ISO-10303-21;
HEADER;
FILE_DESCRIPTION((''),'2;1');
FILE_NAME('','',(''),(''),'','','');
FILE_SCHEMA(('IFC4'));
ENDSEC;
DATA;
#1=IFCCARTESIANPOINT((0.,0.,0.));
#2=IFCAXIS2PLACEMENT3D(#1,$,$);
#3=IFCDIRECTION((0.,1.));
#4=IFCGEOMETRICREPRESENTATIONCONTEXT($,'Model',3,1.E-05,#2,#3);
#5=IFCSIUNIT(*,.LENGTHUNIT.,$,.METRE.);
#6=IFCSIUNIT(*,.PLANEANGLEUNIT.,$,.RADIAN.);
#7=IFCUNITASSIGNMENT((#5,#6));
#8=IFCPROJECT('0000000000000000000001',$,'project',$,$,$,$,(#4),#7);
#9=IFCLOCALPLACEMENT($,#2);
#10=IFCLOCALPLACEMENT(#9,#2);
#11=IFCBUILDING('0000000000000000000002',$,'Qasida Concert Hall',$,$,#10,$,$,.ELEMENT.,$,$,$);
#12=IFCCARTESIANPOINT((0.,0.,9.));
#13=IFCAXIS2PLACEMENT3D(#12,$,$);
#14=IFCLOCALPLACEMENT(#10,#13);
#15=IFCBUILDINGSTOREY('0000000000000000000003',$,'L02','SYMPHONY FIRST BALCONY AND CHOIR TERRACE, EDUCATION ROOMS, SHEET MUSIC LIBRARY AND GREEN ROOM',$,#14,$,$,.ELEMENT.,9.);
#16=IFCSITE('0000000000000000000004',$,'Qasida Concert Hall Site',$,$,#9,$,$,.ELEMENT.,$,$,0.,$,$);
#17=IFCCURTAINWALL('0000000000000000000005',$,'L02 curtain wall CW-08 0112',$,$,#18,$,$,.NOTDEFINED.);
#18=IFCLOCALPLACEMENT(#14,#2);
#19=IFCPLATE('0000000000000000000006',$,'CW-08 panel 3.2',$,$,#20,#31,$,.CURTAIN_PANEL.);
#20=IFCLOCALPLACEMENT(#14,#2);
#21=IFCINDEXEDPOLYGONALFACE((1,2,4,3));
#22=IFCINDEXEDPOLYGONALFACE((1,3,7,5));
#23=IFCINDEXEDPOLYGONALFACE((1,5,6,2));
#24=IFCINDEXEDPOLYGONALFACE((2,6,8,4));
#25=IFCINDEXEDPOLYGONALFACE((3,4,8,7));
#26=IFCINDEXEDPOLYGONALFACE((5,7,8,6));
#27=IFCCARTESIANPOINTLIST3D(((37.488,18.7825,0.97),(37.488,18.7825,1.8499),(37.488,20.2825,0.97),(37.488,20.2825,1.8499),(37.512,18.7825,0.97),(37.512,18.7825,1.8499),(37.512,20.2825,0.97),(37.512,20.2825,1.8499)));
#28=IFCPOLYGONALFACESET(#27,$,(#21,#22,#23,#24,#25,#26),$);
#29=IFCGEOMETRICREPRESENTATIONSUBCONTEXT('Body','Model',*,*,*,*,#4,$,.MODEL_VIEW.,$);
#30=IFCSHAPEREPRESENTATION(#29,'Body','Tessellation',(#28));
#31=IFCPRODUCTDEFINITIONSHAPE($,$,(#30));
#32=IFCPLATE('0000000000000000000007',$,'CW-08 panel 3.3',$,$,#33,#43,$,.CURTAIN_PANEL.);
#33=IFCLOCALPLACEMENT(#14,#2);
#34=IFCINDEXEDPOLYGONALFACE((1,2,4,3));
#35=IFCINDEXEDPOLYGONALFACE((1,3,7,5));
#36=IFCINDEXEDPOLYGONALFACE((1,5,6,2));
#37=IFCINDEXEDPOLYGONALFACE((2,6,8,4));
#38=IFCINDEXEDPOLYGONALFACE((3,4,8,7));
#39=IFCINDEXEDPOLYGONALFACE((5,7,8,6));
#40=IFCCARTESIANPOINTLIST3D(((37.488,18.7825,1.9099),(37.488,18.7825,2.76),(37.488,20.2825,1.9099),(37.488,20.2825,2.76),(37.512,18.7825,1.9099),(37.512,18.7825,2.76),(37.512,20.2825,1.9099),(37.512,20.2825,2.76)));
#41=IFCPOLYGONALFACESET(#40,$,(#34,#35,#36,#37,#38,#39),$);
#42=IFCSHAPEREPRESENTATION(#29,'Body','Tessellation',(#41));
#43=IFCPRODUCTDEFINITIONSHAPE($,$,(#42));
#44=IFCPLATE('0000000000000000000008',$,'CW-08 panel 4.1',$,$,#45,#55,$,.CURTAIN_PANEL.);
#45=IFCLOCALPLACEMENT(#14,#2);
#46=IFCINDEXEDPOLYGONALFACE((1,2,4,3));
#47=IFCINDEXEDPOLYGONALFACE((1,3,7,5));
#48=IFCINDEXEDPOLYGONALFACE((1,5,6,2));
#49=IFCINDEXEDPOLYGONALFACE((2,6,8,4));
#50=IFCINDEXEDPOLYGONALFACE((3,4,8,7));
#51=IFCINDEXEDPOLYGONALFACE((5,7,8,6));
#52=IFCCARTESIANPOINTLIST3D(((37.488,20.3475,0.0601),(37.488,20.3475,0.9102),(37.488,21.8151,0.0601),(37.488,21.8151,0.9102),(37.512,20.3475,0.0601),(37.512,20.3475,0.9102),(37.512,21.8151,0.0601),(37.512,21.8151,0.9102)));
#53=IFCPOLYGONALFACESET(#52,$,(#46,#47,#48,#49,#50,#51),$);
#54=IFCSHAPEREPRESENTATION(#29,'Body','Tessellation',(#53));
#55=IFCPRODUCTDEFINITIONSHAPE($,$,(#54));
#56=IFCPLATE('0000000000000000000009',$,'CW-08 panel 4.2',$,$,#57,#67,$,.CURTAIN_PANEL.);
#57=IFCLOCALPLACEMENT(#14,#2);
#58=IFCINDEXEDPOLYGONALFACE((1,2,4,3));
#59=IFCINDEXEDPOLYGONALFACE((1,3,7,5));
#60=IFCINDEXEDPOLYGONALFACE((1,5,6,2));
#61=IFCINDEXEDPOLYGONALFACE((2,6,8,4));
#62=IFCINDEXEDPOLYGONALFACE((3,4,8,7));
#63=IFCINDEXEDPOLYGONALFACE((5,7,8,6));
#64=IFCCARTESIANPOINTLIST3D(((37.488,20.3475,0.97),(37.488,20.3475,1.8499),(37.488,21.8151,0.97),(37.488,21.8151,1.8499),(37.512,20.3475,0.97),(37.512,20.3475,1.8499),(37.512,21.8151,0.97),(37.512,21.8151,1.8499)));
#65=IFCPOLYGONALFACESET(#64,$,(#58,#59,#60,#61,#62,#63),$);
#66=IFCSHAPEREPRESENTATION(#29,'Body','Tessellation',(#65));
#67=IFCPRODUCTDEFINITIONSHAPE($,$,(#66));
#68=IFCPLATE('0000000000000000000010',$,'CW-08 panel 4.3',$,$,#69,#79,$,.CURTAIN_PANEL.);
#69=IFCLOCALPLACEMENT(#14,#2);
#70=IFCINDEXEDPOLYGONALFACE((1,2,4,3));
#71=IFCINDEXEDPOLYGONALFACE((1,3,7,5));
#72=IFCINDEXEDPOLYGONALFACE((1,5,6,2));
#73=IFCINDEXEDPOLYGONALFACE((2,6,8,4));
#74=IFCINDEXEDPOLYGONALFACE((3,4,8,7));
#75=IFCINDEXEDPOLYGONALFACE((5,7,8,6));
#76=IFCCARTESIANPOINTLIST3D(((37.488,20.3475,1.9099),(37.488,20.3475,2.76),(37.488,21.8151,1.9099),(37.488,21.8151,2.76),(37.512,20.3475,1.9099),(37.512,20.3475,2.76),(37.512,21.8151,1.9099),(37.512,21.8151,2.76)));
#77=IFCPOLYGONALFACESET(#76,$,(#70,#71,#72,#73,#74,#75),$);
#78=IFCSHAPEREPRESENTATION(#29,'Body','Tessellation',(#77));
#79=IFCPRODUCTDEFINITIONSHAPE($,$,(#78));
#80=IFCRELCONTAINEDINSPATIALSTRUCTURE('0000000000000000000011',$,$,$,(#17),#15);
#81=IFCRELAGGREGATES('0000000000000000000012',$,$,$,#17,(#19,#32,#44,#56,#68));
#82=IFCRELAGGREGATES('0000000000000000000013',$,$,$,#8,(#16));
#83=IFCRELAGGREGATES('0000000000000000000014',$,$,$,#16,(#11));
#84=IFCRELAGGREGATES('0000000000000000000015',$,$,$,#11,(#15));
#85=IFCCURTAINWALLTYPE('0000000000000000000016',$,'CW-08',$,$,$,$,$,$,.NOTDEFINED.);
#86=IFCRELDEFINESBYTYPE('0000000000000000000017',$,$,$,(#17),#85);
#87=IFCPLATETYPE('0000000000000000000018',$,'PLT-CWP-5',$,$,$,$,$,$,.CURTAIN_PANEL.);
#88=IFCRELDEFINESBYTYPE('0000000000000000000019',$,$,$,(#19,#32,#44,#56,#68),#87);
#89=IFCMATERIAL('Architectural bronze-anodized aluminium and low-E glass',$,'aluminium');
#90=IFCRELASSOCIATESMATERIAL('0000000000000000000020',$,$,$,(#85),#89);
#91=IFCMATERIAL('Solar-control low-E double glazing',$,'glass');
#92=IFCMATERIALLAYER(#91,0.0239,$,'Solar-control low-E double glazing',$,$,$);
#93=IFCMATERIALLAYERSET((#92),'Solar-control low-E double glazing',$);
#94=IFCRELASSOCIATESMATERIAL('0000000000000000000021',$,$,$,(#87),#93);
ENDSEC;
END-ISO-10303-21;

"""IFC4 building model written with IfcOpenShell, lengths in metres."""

from ifc_helpers import new_model, si_unit, direction, frame, origin, origin_2d, place, context, subcontext, project, spatial, rectangle, extrude, material, layer, layer_set, type_object, element, aggregate, save


model = new_model("IFC4")

# Units and contexts
model_context = context("Model", 3, precision=1e-05, world=origin(), true_north=direction((0.0, 1.0)))
body_context = subcontext(model_context, "Body", "Model", "MODEL_VIEW")
ifc_project = project(units=[si_unit("LENGTHUNIT", "METRE"), si_unit("PLANEANGLEUNIT", "RADIAN")], contexts=[model_context])

# Site, building, storey
site_placement = place(None, origin())
site = spatial("IfcSite", under=ifc_project, at=site_placement, Name="Qasida Concert Hall Site", CompositionType="ELEMENT", RefElevation=0.0)
building_placement = place(site_placement, origin())
building = spatial("IfcBuilding", under=site, at=building_placement, Name="Qasida Concert Hall", CompositionType="ELEMENT")
storey_placement = place(building_placement, frame((0.0, 0.0, 9.0)))
storey = spatial("IfcBuildingStorey", under=building, at=storey_placement, Name="L02", Description="SYMPHONY FIRST BALCONY AND CHOIR TERRACE, EDUCATION ROOMS, SHEET MUSIC LIBRARY AND GREEN ROOM", CompositionType="ELEMENT", Elevation=9.0)

# Curtain wall, plates
ifc_material_1 = material(Name="Architectural bronze-anodized aluminium and low-E glass", Category="aluminium")
curtain_wall_type = type_object("IfcCurtainWallType", Name="CW-08", PredefinedType="NOTDEFINED", material=ifc_material_1)
curtain_wall_placement = place(storey_placement, origin())
curtain_wall = element("IfcCurtainWall", 1, at=curtain_wall_placement, inside=storey, type_object=curtain_wall_type, Name="L02 curtain wall CW-08 0112", PredefinedType="NOTDEFINED")
ifc_material_2 = material(Name="Solar-control low-E double glazing", Category="glass")
ifc_layer = layer(ifc_material_2, 0.0239, Name="Solar-control low-E double glazing")
ifc_layer_set = layer_set([ifc_layer], Name="Solar-control low-E double glazing")
plate_type = type_object("IfcPlateType", Name="PLT-CWP-5", PredefinedType="CURTAIN_PANEL", material=ifc_layer_set)
plate_1_placement = place(storey_placement, frame((37.5, 19.5325, 0.97), z_axis=(0.0, 0.0, 1.0), x_axis=(0.0, 1.0, 0.0)))
plate_1 = element("IfcPlate", 2, at=plate_1_placement, type_object=plate_type, Name="CW-08 panel 3.2", PredefinedType="CURTAIN_PANEL", context=body_context, shape_type="SweptSolid", body=[
    extrude(rectangle(XDim=1.5, YDim=0.0239, at=origin_2d()), origin(), (0.0, 0.0, 1.0), 0.8799),
])
plate_2_placement = place(storey_placement, frame((37.5, 19.5325, 1.9099), z_axis=(0.0, 0.0, 1.0), x_axis=(0.0, 1.0, 0.0)))
plate_2 = element("IfcPlate", 3, at=plate_2_placement, type_object=plate_type, Name="CW-08 panel 3.3", PredefinedType="CURTAIN_PANEL", context=body_context, shape_type="SweptSolid", body=[
    extrude(rectangle(XDim=1.5, YDim=0.0239, at=origin_2d()), origin(), (0.0, 0.0, 1.0), 0.8501),
])
plate_3_placement = place(storey_placement, frame((37.5, 21.0813, 0.0601), z_axis=(0.0, 0.0, 1.0), x_axis=(0.0, 1.0, 0.0)))
plate_3 = element("IfcPlate", 4, at=plate_3_placement, type_object=plate_type, Name="CW-08 panel 4.1", PredefinedType="CURTAIN_PANEL", context=body_context, shape_type="SweptSolid", body=[
    extrude(rectangle(XDim=1.4675, YDim=0.0239, at=origin_2d()), origin(), (0.0, 0.0, 1.0), 0.8501),
])
plate_4_placement = place(storey_placement, frame((37.5, 21.0813, 0.97), z_axis=(0.0, 0.0, 1.0), x_axis=(0.0, 1.0, 0.0)))
plate_4 = element("IfcPlate", 5, at=plate_4_placement, type_object=plate_type, Name="CW-08 panel 4.2", PredefinedType="CURTAIN_PANEL", context=body_context, shape_type="SweptSolid", body=[
    extrude(rectangle(XDim=1.4675, YDim=0.0239, at=origin_2d()), origin(), (0.0, 0.0, 1.0), 0.8799),
])
plate_5_placement = place(storey_placement, frame((37.5, 21.0813, 1.9099), z_axis=(0.0, 0.0, 1.0), x_axis=(0.0, 1.0, 0.0)))
plate_5 = element("IfcPlate", 6, at=plate_5_placement, type_object=plate_type, Name="CW-08 panel 4.3", PredefinedType="CURTAIN_PANEL", context=body_context, shape_type="SweptSolid", body=[
    extrude(rectangle(XDim=1.4675, YDim=0.0239, at=origin_2d()), origin(), (0.0, 0.0, 1.0), 0.8501),
])
aggregate(curtain_wall, [plate_1, plate_2, plate_3, plate_4, plate_5])

save(model, "model.ifc")
